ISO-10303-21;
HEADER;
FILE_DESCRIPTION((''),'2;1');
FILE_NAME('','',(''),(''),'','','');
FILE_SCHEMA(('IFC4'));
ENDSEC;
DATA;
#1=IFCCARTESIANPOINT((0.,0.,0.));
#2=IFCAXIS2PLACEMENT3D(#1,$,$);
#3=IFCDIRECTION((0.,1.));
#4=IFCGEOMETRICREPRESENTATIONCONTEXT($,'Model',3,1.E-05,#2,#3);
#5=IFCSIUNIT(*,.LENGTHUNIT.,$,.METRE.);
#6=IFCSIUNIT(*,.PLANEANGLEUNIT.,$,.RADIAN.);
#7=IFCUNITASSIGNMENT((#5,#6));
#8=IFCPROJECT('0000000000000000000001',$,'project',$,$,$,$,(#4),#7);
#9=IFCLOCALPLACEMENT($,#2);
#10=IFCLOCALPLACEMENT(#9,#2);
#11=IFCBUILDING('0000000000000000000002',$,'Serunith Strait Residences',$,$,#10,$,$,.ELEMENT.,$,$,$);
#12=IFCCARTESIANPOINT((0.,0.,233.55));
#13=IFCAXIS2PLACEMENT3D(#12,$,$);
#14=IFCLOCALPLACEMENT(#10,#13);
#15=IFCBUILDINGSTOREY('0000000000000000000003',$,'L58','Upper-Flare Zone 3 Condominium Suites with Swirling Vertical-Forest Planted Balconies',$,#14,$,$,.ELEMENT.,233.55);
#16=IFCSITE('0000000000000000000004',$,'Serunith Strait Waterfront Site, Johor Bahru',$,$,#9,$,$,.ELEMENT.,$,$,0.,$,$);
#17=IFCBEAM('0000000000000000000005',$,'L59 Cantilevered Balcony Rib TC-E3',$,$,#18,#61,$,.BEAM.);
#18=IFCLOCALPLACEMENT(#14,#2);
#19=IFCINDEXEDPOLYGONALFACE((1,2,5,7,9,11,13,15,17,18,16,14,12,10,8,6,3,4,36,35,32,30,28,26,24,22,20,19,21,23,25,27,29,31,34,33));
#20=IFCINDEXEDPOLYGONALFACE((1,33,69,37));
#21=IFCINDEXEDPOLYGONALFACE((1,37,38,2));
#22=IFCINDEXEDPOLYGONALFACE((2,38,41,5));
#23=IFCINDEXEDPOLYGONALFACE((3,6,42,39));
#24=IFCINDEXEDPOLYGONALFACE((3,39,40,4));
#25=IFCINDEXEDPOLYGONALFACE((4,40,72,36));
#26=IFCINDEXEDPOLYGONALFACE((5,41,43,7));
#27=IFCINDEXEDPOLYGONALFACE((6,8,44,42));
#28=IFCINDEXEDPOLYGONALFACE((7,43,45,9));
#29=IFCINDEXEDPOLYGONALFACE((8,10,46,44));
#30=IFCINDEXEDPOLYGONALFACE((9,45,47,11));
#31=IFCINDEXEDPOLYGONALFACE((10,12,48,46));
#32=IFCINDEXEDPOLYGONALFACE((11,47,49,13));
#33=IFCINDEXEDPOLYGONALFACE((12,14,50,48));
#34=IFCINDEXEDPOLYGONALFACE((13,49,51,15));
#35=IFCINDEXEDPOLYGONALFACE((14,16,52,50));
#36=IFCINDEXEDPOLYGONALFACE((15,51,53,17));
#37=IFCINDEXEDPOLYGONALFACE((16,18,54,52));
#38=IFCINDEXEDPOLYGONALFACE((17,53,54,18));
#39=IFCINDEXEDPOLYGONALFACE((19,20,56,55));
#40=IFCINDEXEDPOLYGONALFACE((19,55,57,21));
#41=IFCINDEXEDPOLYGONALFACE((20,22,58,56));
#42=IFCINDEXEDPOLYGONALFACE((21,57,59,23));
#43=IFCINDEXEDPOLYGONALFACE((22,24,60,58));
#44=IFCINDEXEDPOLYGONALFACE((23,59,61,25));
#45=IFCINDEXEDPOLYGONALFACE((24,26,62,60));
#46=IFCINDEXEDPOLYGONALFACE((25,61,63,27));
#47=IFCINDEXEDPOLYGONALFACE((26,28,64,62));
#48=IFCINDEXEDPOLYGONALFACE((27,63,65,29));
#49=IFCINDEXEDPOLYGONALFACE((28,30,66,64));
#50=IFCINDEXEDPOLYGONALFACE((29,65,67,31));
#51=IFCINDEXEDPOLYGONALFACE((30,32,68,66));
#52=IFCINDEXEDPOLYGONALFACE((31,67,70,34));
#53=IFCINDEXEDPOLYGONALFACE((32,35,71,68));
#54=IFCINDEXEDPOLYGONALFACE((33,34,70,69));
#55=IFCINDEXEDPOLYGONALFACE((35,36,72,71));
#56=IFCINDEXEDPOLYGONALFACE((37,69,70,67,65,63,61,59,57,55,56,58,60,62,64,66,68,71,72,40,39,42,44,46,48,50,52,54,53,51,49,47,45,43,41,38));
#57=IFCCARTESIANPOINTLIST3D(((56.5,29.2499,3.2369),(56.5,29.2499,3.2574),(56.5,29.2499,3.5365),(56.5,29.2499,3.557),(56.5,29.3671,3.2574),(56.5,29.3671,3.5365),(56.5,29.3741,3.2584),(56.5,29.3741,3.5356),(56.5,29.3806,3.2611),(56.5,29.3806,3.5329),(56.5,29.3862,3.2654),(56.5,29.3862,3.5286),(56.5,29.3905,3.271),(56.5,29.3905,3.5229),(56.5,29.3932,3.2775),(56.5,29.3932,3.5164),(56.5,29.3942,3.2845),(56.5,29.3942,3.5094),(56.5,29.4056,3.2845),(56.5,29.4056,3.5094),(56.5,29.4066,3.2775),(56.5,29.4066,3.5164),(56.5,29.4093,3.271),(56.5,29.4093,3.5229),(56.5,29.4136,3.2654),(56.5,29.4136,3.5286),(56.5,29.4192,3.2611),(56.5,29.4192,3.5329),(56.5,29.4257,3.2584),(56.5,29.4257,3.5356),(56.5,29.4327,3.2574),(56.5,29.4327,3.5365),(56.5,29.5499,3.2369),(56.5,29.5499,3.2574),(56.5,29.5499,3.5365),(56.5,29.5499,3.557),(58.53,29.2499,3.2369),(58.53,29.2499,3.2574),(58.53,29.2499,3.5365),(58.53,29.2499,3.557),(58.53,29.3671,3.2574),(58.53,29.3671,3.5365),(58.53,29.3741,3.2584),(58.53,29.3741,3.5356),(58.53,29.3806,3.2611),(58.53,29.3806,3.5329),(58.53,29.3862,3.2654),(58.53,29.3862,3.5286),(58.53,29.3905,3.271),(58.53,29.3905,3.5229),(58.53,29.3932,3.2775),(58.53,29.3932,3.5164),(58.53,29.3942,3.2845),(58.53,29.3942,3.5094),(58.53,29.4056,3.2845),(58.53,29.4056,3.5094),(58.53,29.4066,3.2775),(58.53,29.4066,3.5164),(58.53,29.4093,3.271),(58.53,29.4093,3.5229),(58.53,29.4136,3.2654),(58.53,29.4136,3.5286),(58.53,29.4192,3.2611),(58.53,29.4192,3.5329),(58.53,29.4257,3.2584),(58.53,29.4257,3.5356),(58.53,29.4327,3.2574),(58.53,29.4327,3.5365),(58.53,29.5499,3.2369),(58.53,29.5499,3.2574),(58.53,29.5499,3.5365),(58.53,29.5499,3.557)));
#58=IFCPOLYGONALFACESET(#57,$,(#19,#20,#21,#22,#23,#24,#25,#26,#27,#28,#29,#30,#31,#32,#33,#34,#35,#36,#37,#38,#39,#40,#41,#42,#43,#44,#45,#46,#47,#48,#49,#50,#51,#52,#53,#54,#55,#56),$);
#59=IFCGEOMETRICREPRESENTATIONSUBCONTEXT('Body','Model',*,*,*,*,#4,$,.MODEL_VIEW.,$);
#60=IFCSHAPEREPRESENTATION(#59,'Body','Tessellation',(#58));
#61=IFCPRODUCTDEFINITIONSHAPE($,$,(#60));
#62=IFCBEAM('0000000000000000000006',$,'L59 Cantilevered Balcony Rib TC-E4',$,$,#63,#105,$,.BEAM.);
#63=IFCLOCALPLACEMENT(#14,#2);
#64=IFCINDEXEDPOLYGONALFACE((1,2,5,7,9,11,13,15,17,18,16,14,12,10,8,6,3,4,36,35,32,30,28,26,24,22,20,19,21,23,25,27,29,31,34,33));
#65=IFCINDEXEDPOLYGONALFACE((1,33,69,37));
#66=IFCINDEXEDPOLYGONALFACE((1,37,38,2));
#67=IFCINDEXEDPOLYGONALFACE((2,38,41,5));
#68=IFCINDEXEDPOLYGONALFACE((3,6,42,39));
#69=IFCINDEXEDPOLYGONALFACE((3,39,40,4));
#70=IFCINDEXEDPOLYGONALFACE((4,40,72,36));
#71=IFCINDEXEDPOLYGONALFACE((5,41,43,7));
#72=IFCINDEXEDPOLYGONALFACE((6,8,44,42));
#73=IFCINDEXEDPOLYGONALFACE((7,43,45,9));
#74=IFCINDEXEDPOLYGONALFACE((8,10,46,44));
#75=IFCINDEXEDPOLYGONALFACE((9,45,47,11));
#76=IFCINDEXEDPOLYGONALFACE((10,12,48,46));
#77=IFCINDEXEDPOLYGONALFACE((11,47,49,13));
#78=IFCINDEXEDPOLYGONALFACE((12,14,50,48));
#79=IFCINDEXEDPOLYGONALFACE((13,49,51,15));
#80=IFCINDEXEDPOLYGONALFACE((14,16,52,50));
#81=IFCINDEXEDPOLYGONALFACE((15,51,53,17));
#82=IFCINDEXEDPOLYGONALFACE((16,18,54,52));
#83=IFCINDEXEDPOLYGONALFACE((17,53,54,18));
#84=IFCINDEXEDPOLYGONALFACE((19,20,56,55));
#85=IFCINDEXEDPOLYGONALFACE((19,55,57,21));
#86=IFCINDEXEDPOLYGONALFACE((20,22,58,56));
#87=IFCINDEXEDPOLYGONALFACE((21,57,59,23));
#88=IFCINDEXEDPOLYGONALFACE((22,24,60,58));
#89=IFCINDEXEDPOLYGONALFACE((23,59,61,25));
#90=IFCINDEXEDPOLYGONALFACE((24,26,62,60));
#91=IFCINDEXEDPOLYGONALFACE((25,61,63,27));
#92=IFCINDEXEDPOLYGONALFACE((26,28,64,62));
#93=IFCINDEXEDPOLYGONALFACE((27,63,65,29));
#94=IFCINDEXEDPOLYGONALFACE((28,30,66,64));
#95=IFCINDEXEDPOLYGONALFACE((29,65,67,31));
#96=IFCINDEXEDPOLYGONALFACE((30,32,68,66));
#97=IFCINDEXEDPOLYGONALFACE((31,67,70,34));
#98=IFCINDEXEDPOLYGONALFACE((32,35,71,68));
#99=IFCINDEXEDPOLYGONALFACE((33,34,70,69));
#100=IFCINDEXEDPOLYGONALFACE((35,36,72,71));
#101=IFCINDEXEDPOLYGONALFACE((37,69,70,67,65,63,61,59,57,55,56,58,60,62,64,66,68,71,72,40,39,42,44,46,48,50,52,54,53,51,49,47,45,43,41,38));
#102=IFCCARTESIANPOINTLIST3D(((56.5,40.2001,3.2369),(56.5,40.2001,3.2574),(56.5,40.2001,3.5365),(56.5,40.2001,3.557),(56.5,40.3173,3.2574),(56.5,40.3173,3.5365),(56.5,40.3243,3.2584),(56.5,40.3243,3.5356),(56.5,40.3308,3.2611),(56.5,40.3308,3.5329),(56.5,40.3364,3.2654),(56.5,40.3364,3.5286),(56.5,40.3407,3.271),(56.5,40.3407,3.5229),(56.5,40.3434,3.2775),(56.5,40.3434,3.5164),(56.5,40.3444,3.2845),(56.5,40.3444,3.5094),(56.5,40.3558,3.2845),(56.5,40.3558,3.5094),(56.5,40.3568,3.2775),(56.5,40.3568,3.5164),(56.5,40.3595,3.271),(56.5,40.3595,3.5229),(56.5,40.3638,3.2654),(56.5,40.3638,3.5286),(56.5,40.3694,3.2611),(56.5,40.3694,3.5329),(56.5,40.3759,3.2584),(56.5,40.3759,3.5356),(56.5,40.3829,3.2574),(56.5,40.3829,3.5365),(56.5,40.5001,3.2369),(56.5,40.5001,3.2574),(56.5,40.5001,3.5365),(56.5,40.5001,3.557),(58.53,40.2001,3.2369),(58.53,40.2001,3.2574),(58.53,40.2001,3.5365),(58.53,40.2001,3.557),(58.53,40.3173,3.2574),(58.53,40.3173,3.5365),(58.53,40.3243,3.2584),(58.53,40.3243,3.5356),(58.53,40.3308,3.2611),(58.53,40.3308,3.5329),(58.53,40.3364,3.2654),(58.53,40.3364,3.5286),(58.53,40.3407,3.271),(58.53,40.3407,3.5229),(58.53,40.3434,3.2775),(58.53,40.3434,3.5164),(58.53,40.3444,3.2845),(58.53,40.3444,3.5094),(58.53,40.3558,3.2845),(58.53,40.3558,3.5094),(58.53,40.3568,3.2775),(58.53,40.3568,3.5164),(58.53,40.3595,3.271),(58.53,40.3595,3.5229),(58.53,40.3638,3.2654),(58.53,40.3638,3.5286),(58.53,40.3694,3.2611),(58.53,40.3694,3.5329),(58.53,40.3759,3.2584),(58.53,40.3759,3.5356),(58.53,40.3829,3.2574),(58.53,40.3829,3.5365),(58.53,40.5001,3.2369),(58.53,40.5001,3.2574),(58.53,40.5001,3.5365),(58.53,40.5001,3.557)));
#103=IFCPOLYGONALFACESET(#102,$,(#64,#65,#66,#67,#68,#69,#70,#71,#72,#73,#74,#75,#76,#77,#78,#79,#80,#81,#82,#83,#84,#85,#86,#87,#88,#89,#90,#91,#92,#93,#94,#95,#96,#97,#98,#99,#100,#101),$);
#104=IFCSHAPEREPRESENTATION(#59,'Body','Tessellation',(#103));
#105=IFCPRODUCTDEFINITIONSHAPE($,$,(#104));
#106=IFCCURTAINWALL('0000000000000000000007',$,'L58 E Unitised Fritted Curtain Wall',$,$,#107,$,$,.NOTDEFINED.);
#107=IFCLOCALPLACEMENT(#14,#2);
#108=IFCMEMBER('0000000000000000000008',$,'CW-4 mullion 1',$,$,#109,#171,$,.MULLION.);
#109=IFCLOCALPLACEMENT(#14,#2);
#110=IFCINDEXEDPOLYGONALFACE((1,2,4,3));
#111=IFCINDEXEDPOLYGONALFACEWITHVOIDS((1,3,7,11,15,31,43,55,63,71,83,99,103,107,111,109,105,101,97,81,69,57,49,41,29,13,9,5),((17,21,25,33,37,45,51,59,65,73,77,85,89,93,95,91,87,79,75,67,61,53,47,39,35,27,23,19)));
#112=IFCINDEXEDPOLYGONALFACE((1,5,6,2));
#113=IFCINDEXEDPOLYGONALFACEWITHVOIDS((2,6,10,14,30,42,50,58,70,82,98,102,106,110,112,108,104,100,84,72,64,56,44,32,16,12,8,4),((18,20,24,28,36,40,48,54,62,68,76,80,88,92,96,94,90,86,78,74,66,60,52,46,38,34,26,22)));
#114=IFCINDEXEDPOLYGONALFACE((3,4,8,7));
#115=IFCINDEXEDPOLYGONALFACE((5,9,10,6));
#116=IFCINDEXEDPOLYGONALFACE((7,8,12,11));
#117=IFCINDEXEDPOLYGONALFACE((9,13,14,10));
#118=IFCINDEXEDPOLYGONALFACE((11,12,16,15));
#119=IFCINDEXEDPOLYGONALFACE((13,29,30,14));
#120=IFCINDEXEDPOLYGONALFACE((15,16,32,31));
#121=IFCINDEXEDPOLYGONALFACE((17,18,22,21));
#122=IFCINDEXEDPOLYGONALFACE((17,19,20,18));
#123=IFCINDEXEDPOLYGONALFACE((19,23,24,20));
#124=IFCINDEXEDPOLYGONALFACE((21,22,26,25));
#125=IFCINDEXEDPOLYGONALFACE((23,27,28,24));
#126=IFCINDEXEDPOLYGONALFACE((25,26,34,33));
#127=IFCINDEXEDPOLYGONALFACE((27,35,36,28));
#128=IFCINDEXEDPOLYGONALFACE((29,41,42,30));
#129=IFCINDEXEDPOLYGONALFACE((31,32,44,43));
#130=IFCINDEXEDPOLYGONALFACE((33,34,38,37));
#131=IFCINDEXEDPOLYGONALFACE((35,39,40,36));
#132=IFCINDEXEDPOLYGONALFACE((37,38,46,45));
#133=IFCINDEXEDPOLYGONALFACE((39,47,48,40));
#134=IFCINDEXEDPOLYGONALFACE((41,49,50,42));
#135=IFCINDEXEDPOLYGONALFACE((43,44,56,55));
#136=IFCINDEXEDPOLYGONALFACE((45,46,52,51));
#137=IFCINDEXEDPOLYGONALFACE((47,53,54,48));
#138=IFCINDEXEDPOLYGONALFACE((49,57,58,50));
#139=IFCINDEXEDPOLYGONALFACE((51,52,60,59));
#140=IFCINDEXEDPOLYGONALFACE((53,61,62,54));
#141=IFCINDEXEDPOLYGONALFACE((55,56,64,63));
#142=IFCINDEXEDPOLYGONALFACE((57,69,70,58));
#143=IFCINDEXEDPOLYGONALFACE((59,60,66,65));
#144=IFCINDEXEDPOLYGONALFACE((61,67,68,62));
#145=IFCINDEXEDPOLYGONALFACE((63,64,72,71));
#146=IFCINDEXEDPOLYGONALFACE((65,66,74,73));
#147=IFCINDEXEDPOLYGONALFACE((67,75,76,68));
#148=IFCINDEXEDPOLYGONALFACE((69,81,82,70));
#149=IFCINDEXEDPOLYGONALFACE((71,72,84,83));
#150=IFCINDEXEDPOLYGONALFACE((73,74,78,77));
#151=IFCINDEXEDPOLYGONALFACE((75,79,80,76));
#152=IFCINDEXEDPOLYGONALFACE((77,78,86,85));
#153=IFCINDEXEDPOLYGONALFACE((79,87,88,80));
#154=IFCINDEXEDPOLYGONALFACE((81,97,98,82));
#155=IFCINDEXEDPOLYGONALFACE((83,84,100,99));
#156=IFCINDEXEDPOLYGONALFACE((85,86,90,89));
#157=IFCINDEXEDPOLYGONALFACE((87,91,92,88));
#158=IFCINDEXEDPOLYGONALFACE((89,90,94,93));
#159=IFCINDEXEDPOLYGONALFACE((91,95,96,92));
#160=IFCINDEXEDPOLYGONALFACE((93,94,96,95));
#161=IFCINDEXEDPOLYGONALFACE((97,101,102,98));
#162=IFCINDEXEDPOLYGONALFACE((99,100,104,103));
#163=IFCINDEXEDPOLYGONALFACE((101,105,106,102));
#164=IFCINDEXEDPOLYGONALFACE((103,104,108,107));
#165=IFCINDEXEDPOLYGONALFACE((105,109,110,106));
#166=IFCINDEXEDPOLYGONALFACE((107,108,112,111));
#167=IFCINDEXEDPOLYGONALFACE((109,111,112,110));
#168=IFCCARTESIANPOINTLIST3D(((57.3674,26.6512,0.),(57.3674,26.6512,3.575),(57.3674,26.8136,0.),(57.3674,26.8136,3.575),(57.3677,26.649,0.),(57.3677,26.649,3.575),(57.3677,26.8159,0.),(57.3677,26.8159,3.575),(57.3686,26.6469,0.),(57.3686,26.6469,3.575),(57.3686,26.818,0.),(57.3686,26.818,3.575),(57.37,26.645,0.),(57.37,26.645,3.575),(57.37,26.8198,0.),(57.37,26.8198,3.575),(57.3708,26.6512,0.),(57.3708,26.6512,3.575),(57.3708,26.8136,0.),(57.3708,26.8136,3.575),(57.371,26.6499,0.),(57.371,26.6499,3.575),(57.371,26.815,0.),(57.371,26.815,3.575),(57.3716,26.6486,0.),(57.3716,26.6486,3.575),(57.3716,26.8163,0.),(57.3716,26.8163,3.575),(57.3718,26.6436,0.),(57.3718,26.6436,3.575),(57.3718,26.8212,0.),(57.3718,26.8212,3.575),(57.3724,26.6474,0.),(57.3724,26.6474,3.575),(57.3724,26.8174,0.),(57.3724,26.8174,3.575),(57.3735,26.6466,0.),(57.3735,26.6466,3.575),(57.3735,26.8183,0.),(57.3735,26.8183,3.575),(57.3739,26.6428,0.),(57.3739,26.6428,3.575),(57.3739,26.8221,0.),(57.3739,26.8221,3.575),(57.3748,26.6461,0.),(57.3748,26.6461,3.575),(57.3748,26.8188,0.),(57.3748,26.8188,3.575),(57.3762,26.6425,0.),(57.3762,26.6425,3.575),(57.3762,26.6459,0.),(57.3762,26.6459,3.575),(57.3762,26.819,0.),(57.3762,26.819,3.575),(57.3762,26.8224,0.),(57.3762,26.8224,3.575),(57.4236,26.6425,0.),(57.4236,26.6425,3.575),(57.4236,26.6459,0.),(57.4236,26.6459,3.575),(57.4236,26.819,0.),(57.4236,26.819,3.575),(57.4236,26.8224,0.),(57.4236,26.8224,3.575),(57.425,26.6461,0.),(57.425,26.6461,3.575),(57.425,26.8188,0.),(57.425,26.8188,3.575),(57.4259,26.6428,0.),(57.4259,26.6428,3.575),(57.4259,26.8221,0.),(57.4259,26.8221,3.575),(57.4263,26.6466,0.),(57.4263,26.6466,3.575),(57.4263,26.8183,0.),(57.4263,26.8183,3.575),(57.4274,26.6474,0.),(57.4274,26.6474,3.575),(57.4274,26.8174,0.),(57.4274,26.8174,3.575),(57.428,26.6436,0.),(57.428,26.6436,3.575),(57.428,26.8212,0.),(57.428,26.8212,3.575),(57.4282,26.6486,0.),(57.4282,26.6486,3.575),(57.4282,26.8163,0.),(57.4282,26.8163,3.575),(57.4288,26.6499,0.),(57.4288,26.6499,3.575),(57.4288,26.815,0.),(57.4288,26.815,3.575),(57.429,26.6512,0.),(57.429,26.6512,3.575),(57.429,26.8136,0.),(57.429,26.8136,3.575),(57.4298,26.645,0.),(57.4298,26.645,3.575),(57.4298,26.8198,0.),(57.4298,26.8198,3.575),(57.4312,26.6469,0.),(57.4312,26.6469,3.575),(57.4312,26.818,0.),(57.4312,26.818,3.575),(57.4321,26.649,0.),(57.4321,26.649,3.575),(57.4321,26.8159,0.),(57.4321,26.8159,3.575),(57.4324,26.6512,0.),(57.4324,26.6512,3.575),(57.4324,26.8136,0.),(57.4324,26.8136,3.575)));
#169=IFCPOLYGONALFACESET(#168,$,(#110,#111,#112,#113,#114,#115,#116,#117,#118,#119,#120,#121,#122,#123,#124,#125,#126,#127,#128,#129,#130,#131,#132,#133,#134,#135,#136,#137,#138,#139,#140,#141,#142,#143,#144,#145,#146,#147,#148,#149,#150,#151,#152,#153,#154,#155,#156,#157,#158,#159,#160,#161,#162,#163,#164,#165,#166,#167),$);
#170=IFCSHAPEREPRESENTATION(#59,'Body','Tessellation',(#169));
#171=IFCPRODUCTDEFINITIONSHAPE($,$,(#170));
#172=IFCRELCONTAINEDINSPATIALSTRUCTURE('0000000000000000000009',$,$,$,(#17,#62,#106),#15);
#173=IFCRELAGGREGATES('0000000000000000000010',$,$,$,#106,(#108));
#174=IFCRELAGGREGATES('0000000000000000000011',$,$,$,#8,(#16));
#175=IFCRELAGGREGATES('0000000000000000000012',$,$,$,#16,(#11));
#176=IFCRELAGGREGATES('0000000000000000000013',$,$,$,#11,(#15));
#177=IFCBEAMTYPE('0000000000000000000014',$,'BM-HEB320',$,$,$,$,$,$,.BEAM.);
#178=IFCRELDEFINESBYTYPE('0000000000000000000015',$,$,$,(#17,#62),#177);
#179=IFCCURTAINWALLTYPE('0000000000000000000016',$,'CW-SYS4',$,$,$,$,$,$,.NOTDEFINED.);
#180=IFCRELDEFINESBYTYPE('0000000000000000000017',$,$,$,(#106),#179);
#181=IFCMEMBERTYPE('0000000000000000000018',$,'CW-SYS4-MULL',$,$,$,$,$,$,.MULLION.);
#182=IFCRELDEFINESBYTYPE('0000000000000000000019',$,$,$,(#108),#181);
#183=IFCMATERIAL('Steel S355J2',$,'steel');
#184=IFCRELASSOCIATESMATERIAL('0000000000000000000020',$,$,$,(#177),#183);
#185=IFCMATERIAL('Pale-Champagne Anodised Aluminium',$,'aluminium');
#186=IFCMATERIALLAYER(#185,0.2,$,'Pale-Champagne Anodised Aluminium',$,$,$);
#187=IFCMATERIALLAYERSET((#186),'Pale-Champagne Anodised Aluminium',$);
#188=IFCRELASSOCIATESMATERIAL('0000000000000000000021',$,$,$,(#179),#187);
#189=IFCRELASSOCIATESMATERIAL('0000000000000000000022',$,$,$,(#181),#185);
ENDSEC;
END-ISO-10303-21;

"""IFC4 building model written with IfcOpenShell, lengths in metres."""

from ifc_helpers import new_model, si_unit, direction, frame, origin, origin_2d, place, context, subcontext, project, spatial, hollow_rectangle, i_section, extrude, source, transform, mapped, material, layer, layer_set, material_profile, profile_set, type_object, element, aggregate, save


model = new_model("IFC4")

# Units and contexts
model_context = context("Model", 3, precision=1e-05, world=origin(), true_north=direction((0.0, 1.0)))
body_context = subcontext(model_context, "Body", "Model", "MODEL_VIEW")
ifc_project = project(units=[si_unit("LENGTHUNIT", "METRE"), si_unit("PLANEANGLEUNIT", "RADIAN")], contexts=[model_context])

# Site, building, storey
site_placement = place(None, origin())
site = spatial("IfcSite", under=ifc_project, at=site_placement, Name="Serunith Strait Waterfront Site, Johor Bahru", CompositionType="ELEMENT", RefElevation=0.0)
building_placement = place(site_placement, origin())
building = spatial("IfcBuilding", under=site, at=building_placement, Name="Serunith Strait Residences", CompositionType="ELEMENT")
storey_placement = place(building_placement, frame((0.0, 0.0, 233.55)))
storey = spatial("IfcBuildingStorey", under=building, at=storey_placement, Name="L58", Description="Upper-Flare Zone 3 Condominium Suites with Swirling Vertical-Forest Planted Balconies", CompositionType="ELEMENT", Elevation=233.55)

# Beams
ifc_material_1 = material(Name="Steel S355J2", Category="steel")
ifc_material_profile_1 = material_profile(ifc_material_1, i_section(OverallWidth=0.3, OverallDepth=0.3201, WebThickness=0.0115, FlangeThickness=0.0205, FilletRadius=0.0271, at=origin_2d()), Name="HEB 320")
ifc_profile_set_1 = profile_set([ifc_material_profile_1], Name="Steel S355J2")
beam_type_1 = type_object("IfcBeamType", Name="BM-HEB320", PredefinedType="BEAM", material=ifc_profile_set_1)
shared_shape_1 = source(origin(), body_context, "Body", "SweptSolid", [
    extrude(i_section(OverallWidth=0.3, OverallDepth=0.3201, WebThickness=0.0115, FlangeThickness=0.0205, FilletRadius=0.0271, at=origin_2d()), origin(), (0.0, 0.0, 1.0), 2.03),
])
for number, where, z_axis, x_axis, name in (
    (1, (56.5, 29.3999, 3.397), (1.0, 0.0, 0.0), (0.0, 1.0, 0.0), "L59 Cantilevered Balcony Rib TC-E3"),
    (2, (56.5, 40.3501, 3.397), (1.0, 0.0, 0.0), (0.0, 1.0, 0.0), "L59 Cantilevered Balcony Rib TC-E4"),
):
    element("IfcBeam", number, at=place(storey_placement, frame(where, z_axis=z_axis, x_axis=x_axis)), inside=storey, type_object=beam_type_1, Name=name, PredefinedType="BEAM", context=body_context, shape_type="MappedRepresentation", body=[
        mapped(shared_shape_1, transform((0.0, 0.0, 0.0), scale=1.0)),
    ])

# Curtain wall, member
ifc_material_2 = material(Name="Pale-Champagne Anodised Aluminium", Category="aluminium")
ifc_layer_1 = layer(ifc_material_2, 0.2, Name="Pale-Champagne Anodised Aluminium")
ifc_layer_set_1 = layer_set([ifc_layer_1], Name="Pale-Champagne Anodised Aluminium")
curtain_wall_type = type_object("IfcCurtainWallType", Name="CW-SYS4", PredefinedType="NOTDEFINED", material=ifc_layer_set_1)
curtain_wall_placement = place(storey_placement, origin())
curtain_wall = element("IfcCurtainWall", 3, at=curtain_wall_placement, inside=storey, type_object=curtain_wall_type, Name="L58 E Unitised Fritted Curtain Wall", PredefinedType="NOTDEFINED")
ifc_material_profile_2 = material_profile(ifc_material_2, hollow_rectangle(XDim=0.0649, YDim=0.1799, WallThickness=0.0034, InnerFilletRadius=0.0054, OuterFilletRadius=0.0088, at=origin_2d()), Name="ALU 180x65x3.5")
ifc_profile_set_2 = profile_set([ifc_material_profile_2], Name="Pale-Champagne Anodised Aluminium")
member_type_1 = type_object("IfcMemberType", Name="CW-SYS4-MULL", PredefinedType="MULLION", material=ifc_profile_set_2)
shared_shape_2 = source(origin(), body_context, "Body", "SweptSolid", [
    extrude(hollow_rectangle(XDim=0.0649, YDim=0.1799, WallThickness=0.0034, InnerFilletRadius=0.0054, OuterFilletRadius=0.0088, at=origin_2d()), origin(), (0.0, 0.0, 1.0), 3.575),
])
member_1_placement = place(storey_placement, frame((57.3999, 26.7324, 0.0), z_axis=(0.0, 0.0, 1.0), x_axis=(-1.0, 0.0, 0.0)))
member_1 = element("IfcMember", 4, at=member_1_placement, type_object=member_type_1, Name="CW-4 mullion 1", PredefinedType="MULLION", context=body_context, shape_type="MappedRepresentation", body=[
    mapped(shared_shape_2, transform((0.0, 0.0, 0.0), scale=1.0)),
])
aggregate(curtain_wall, [member_1])

save(model, "model.ifc")
